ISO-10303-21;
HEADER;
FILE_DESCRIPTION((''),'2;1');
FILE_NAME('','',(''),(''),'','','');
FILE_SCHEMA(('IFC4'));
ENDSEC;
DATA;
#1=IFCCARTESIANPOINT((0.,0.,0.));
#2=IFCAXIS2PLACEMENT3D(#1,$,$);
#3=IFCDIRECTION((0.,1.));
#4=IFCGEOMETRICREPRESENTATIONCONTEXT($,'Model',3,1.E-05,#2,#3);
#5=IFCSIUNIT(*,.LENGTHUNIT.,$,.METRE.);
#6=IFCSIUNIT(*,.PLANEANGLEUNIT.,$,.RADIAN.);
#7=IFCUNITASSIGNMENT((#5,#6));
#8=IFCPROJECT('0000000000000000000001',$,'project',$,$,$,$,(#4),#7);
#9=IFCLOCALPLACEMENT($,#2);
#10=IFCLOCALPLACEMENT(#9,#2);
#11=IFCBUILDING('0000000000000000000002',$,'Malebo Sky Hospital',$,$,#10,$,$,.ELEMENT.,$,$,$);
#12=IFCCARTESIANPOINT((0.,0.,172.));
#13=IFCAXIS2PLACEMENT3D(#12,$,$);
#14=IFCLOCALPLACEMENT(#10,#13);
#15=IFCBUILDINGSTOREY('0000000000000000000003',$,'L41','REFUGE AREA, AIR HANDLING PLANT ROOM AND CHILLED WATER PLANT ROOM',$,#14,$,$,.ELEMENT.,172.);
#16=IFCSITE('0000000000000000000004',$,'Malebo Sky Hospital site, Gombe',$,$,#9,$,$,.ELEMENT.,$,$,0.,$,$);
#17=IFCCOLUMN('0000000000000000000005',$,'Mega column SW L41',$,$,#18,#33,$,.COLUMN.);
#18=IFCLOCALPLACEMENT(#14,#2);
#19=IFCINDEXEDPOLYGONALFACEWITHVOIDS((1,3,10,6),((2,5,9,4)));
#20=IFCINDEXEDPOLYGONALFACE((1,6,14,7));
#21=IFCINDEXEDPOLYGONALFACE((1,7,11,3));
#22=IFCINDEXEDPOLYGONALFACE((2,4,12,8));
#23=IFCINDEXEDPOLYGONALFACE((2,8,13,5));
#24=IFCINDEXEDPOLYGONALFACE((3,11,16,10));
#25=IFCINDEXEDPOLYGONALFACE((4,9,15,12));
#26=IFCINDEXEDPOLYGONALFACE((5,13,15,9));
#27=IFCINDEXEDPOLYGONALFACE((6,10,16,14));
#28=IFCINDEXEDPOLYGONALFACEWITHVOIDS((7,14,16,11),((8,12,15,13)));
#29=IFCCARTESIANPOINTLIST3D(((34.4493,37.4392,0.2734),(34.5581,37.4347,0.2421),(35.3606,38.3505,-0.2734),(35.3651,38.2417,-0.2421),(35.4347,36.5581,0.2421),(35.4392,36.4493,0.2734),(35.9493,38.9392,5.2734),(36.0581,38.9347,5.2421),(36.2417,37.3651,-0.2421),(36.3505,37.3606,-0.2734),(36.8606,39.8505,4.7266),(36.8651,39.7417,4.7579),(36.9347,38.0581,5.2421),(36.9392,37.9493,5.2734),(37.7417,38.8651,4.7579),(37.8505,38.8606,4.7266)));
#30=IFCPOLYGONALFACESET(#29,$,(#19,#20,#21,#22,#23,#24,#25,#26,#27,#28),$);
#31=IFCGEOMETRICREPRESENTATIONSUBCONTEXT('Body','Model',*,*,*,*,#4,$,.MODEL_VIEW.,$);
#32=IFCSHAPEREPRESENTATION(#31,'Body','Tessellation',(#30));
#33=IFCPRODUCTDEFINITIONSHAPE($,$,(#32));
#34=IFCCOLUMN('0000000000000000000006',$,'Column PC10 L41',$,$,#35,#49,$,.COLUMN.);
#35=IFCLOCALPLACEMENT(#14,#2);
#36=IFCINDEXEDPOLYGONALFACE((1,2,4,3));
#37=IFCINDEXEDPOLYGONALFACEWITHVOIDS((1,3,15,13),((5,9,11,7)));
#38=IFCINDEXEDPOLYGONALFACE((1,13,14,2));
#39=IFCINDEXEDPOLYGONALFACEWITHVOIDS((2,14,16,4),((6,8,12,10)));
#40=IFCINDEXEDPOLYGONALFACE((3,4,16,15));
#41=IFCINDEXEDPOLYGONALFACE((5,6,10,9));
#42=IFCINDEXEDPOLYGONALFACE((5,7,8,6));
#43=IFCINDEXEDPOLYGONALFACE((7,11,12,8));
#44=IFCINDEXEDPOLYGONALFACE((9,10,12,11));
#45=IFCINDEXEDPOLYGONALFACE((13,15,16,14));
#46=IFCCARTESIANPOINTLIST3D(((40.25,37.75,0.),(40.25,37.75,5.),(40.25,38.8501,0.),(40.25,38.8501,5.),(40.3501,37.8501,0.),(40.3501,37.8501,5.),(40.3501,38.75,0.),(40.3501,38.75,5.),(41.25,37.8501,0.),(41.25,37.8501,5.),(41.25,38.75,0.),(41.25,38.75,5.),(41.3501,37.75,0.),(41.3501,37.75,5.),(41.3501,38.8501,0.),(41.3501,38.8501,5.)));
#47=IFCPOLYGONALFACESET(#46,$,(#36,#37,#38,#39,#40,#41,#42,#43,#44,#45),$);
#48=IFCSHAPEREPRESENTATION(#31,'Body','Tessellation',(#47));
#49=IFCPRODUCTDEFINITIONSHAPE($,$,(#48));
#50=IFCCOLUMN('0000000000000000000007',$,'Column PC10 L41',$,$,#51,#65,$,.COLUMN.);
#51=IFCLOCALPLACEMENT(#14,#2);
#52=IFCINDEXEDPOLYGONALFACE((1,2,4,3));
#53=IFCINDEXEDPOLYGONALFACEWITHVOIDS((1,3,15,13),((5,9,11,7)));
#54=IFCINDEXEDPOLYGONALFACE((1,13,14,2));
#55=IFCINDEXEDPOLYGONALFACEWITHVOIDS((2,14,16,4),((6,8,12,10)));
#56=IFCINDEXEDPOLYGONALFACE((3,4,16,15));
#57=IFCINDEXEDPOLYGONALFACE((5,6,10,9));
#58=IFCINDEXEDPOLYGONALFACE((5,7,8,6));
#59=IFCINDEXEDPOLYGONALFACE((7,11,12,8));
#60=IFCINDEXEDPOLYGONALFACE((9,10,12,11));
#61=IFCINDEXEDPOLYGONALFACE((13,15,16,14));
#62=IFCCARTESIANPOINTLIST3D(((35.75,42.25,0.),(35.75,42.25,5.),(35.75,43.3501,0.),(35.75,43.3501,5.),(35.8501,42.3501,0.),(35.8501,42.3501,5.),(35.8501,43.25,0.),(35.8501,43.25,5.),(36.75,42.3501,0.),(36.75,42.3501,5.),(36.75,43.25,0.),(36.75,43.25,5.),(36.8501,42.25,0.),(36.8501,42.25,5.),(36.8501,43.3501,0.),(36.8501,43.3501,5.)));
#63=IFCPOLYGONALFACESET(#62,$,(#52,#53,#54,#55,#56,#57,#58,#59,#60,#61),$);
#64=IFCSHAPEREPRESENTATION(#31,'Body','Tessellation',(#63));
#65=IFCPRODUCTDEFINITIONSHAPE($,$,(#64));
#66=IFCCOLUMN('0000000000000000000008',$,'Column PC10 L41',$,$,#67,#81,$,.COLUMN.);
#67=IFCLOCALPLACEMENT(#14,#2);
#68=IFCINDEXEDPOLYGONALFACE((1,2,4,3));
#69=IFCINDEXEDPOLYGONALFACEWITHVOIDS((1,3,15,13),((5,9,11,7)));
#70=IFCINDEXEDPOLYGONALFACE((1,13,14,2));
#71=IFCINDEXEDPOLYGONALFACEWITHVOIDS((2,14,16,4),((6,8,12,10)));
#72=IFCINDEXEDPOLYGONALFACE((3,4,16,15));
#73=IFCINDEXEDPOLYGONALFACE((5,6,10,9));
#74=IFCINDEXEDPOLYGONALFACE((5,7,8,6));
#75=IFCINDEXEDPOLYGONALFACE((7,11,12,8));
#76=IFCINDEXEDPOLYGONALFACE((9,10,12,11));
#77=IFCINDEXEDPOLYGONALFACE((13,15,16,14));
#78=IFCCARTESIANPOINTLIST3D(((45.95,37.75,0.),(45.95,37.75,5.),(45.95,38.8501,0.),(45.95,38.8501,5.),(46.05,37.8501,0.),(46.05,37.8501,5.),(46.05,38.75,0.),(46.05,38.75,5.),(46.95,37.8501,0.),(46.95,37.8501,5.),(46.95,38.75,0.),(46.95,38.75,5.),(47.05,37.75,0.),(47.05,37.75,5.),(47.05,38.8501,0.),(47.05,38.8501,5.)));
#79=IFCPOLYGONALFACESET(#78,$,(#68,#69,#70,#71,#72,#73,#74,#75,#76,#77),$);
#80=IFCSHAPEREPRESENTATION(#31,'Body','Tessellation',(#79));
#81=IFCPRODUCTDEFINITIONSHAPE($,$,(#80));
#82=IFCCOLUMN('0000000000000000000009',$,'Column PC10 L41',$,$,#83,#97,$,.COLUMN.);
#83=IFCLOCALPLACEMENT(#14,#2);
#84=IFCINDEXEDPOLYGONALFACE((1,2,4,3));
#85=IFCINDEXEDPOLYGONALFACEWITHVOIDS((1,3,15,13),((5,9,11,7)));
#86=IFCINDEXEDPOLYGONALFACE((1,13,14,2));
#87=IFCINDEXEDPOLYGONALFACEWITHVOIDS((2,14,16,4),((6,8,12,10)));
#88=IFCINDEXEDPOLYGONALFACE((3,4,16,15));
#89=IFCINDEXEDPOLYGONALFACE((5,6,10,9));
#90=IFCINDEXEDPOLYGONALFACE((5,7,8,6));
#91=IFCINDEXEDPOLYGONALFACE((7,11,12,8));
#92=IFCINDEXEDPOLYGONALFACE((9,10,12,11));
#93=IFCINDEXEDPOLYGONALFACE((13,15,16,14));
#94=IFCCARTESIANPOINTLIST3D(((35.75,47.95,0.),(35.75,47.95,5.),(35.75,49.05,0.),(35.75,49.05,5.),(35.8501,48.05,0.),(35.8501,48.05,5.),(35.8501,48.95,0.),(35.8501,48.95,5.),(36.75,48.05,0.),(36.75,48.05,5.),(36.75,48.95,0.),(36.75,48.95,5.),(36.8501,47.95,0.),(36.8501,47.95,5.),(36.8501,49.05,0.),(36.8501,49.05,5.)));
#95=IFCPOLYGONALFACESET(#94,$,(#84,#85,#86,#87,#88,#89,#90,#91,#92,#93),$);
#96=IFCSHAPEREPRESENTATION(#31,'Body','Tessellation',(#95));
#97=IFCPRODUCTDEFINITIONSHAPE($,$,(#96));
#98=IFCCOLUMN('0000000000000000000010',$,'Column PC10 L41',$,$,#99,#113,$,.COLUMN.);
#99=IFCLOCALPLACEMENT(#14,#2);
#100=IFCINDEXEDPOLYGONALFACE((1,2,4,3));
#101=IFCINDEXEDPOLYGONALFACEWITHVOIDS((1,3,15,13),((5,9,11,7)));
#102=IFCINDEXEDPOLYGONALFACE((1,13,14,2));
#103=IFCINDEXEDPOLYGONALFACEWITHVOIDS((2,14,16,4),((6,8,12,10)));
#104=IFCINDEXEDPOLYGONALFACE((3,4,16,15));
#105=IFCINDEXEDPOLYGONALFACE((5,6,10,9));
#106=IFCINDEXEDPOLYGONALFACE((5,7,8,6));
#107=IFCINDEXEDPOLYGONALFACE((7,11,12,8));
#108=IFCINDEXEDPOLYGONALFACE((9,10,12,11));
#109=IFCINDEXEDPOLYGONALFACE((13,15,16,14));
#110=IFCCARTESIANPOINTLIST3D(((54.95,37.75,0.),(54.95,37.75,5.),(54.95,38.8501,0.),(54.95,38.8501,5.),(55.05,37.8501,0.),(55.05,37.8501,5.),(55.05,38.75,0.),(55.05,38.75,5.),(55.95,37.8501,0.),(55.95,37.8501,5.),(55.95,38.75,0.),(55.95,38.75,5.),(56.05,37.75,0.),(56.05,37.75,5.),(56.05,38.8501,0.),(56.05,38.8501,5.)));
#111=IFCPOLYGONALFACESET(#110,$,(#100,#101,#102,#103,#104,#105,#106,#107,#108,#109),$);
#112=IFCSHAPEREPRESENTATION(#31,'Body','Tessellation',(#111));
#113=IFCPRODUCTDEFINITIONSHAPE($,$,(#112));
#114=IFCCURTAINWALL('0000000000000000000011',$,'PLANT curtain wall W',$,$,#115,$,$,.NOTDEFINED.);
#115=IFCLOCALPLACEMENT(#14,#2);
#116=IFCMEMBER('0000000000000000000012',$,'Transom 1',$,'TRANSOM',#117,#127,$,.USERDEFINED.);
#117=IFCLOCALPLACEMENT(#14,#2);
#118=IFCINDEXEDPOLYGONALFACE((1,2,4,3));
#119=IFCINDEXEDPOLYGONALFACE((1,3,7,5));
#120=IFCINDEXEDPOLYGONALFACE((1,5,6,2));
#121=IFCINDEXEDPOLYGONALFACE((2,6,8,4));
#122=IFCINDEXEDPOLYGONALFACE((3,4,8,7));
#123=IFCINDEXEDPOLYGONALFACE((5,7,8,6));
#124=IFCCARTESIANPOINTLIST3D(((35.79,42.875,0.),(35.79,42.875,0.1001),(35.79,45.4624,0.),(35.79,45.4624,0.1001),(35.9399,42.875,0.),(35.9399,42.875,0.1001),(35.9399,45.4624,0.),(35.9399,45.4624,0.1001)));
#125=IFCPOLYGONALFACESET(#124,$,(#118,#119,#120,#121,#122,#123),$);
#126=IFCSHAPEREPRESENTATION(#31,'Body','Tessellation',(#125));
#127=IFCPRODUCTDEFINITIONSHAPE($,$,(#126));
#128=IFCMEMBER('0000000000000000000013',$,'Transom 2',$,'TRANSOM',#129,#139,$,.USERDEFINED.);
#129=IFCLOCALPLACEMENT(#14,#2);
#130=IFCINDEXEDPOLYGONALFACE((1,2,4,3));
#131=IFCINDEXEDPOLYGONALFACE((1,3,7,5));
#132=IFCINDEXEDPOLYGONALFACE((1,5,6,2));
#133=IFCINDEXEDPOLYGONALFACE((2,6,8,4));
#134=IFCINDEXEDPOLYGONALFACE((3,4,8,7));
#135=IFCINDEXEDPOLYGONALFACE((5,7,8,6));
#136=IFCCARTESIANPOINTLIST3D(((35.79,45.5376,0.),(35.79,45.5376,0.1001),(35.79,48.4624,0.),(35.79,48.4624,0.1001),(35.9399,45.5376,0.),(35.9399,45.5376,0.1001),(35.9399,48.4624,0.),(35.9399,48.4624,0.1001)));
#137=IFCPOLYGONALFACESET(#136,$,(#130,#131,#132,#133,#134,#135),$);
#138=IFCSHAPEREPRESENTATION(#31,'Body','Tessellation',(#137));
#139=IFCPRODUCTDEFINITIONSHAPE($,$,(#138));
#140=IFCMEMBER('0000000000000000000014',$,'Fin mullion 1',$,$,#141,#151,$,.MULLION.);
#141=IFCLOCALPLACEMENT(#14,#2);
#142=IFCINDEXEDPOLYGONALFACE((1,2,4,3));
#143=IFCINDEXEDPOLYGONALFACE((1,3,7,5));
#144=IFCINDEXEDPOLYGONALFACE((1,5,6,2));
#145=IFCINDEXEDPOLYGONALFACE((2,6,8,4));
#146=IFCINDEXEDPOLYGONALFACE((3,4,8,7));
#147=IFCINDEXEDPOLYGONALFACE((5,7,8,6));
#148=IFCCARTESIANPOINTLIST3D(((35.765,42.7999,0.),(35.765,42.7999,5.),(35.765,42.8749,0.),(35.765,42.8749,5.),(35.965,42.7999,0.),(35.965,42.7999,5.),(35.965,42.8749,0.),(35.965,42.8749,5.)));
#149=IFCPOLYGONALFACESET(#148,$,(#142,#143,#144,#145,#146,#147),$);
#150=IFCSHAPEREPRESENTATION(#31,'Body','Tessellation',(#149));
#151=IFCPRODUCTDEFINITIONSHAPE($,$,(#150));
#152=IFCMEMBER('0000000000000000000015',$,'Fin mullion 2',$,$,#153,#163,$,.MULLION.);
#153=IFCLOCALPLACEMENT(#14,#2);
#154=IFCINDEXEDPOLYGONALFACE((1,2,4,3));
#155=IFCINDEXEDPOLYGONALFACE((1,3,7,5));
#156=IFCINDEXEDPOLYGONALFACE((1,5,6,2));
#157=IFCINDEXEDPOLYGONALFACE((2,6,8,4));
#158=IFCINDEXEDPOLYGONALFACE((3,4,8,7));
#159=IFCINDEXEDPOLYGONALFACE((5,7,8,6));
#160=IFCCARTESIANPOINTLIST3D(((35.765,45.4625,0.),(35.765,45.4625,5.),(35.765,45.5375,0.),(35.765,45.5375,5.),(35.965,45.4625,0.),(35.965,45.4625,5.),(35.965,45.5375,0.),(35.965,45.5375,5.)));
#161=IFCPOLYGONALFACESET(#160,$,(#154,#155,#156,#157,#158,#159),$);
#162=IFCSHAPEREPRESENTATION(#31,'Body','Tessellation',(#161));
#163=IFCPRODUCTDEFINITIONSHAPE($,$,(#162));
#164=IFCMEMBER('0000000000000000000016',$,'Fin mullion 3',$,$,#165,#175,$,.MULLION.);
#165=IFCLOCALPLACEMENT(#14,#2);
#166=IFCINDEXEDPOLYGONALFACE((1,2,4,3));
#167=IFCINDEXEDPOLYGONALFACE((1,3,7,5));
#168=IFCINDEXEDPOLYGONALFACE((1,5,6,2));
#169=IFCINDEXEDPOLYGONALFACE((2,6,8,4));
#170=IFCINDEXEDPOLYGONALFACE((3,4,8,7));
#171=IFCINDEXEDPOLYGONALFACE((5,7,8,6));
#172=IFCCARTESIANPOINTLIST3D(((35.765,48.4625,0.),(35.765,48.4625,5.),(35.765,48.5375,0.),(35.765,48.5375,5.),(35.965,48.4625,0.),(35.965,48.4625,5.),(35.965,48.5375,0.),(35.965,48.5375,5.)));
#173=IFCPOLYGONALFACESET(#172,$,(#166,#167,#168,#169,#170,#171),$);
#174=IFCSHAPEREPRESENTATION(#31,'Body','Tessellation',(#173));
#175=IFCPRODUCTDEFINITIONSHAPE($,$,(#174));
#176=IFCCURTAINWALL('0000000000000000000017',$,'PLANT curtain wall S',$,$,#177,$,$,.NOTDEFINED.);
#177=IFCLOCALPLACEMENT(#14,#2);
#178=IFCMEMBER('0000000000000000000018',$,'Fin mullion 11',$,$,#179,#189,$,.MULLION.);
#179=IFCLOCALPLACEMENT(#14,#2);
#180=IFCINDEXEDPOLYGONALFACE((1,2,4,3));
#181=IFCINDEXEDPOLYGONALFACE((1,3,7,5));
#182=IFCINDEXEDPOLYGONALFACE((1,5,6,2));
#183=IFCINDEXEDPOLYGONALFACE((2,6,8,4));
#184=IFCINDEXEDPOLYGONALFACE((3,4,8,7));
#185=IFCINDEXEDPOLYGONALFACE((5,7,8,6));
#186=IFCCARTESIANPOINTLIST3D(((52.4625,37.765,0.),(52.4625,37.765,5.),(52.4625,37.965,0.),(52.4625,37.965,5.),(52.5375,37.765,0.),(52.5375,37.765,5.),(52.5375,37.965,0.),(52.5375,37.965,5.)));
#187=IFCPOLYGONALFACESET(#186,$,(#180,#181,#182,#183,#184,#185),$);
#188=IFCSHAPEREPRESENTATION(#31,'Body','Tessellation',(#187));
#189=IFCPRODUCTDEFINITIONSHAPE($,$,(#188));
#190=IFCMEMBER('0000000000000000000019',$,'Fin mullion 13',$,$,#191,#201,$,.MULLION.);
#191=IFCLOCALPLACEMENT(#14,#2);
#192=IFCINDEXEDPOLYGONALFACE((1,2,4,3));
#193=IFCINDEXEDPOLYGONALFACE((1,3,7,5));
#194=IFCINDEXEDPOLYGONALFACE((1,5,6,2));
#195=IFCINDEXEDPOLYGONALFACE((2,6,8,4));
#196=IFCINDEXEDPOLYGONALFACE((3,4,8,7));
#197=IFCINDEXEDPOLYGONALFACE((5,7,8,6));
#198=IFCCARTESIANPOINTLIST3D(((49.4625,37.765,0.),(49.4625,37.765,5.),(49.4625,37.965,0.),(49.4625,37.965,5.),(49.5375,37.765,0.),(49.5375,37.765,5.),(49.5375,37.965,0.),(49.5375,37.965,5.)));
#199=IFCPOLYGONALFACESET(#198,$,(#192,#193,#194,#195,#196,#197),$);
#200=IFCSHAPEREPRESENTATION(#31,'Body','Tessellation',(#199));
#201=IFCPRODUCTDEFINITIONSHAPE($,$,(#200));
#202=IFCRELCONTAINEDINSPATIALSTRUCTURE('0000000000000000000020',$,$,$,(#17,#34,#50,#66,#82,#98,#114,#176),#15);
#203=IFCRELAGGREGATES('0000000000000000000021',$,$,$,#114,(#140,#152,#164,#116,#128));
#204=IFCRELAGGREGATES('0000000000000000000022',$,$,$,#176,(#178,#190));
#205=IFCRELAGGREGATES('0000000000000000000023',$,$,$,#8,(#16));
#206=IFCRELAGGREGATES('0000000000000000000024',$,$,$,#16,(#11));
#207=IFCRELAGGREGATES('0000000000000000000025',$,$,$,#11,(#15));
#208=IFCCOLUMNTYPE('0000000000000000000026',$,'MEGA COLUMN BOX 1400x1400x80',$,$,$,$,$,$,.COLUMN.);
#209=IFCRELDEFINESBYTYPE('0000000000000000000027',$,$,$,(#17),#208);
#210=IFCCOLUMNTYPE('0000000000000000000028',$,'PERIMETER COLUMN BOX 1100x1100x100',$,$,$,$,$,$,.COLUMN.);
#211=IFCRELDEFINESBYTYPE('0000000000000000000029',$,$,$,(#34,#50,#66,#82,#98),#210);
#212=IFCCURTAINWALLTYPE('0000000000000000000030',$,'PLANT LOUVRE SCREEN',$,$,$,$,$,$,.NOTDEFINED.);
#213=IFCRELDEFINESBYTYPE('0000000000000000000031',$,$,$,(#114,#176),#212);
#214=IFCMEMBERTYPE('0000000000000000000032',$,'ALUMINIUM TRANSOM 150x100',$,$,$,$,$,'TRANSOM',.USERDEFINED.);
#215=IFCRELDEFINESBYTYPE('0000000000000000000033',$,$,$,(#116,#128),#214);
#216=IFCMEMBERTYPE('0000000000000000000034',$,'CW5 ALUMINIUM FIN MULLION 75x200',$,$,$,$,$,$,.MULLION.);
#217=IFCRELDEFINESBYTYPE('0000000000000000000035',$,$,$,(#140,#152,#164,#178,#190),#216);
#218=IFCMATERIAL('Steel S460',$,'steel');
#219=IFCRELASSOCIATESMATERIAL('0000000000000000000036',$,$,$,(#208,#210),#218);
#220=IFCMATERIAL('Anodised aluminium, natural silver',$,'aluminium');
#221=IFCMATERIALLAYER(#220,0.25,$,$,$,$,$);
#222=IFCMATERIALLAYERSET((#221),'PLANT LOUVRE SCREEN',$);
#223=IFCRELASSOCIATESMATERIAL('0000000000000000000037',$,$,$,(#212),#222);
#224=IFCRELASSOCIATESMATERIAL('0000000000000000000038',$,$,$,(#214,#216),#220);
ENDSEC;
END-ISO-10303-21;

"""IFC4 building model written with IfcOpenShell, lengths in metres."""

from ifc_helpers import new_model, si_unit, direction, frame, origin, origin_2d, place, context, subcontext, project, spatial, rectangle, hollow_rectangle, extrude, material, layer, layer_set, material_profile, profile_set, type_object, element, aggregate, save


model = new_model("IFC4")

# Units and contexts
model_context = context("Model", 3, precision=1e-05, world=origin(), true_north=direction((0.0, 1.0)))
body_context = subcontext(model_context, "Body", "Model", "MODEL_VIEW")
ifc_project = project(units=[si_unit("LENGTHUNIT", "METRE"), si_unit("PLANEANGLEUNIT", "RADIAN")], contexts=[model_context])

# Site, building, storey
site_placement = place(None, origin())
site = spatial("IfcSite", under=ifc_project, at=site_placement, Name="Malebo Sky Hospital site, Gombe", CompositionType="ELEMENT", RefElevation=0.0)
building_placement = place(site_placement, origin())
building = spatial("IfcBuilding", under=site, at=building_placement, Name="Malebo Sky Hospital", CompositionType="ELEMENT")
storey_placement = place(building_placement, frame((0.0, 0.0, 172.0)))
storey = spatial("IfcBuildingStorey", under=building, at=storey_placement, Name="L41", Description="REFUGE AREA, AIR HANDLING PLANT ROOM AND CHILLED WATER PLANT ROOM", CompositionType="ELEMENT", Elevation=172.0)

# Columns
ifc_material_1 = material(Name="Steel S460", Category="steel")
ifc_material_profile_1 = material_profile(ifc_material_1, hollow_rectangle(XDim=1.3999, YDim=1.3999, WallThickness=0.0801, at=origin_2d()), Name="BOX 1400x1400x80")
ifc_profile_set_1 = profile_set([ifc_material_profile_1], Name="Steel S460")
column_type_1 = type_object("IfcColumnType", Name="MEGA COLUMN BOX 1400x1400x80", PredefinedType="COLUMN", material=ifc_profile_set_1)
column_placement = place(storey_placement, frame((35.3999, 37.3999, 0.0), z_axis=(0.276172, 0.276172, 0.920575), x_axis=(-0.707107, 0.707107, 0.0)))
element("IfcColumn", 1, at=column_placement, inside=storey, type_object=column_type_1, Name="Mega column SW L41", PredefinedType="COLUMN", context=body_context, shape_type="SweptSolid", body=[
    extrude(hollow_rectangle(XDim=1.3999, YDim=1.3999, WallThickness=0.0801, at=origin_2d()), origin(), (0.0, 0.0, 1.0), 5.4314),
])
ifc_material_profile_2 = material_profile(ifc_material_1, hollow_rectangle(XDim=1.1001, YDim=1.1001, WallThickness=0.1001, at=origin_2d()), Name="BOX 1100x1100x100")
ifc_profile_set_2 = profile_set([ifc_material_profile_2], Name="Steel S460")
column_type_2 = type_object("IfcColumnType", Name="PERIMETER COLUMN BOX 1100x1100x100", PredefinedType="COLUMN", material=ifc_profile_set_2)
for number, where, z_axis, x_axis, name in (
    (2, (40.8, 38.3, 0.0), (0.0, 0.0, 1.0), (1.0, 0.0, 0.0), "Column PC10 L41"),
    (3, (36.3, 42.8, 0.0), (0.0, 0.0, 1.0), (1.0, 0.0, 0.0), "Column PC10 L41"),
    (4, (46.5, 38.3, 0.0), (0.0, 0.0, 1.0), (1.0, 0.0, 0.0), "Column PC10 L41"),
    (5, (36.3, 48.5, 0.0), (0.0, 0.0, 1.0), (1.0, 0.0, 0.0), "Column PC10 L41"),
    (6, (55.5, 38.3, 0.0), (0.0, 0.0, 1.0), (1.0, 0.0, 0.0), "Column PC10 L41"),
):
    element("IfcColumn", number, at=place(storey_placement, frame(where, z_axis=z_axis, x_axis=x_axis)), inside=storey, type_object=column_type_2, Name=name, PredefinedType="COLUMN", context=body_context, shape_type="SweptSolid", body=[
        extrude(hollow_rectangle(XDim=1.1001, YDim=1.1001, WallThickness=0.1001, at=origin_2d()), origin(), (0.0, 0.0, 1.0), 5.0),
    ])

# Curtain walls, members
ifc_material_2 = material(Name="Anodised aluminium, natural silver", Category="aluminium")
ifc_layer_1 = layer(ifc_material_2, 0.25)
ifc_layer_set_1 = layer_set([ifc_layer_1], Name="PLANT LOUVRE SCREEN")
curtain_wall_type = type_object("IfcCurtainWallType", Name="PLANT LOUVRE SCREEN", PredefinedType="NOTDEFINED", material=ifc_layer_set_1)
curtain_wall_1_placement = place(storey_placement, origin())
curtain_wall_1 = element("IfcCurtainWall", 7, at=curtain_wall_1_placement, inside=storey, type_object=curtain_wall_type, Name="PLANT curtain wall W", PredefinedType="NOTDEFINED")
ifc_material_profile_3 = material_profile(ifc_material_2, rectangle(XDim=0.1499, YDim=0.1001, at=origin_2d()), Name="ALUMINIUM TRANSOM 150x100")
ifc_profile_set_3 = profile_set([ifc_material_profile_3], Name="Anodised aluminium, natural silver")
member_type_1 = type_object("IfcMemberType", Name="ALUMINIUM TRANSOM 150x100", ElementType="TRANSOM", PredefinedType="USERDEFINED", material=ifc_profile_set_3)
member_1_placement = place(storey_placement, frame((35.865, 42.875, 0.05), z_axis=(0.0, 1.0, 0.0), x_axis=(-1.0, 0.0, 0.0)))
member_1 = element("IfcMember", 8, at=member_1_placement, type_object=member_type_1, Name="Transom 1", ObjectType="TRANSOM", PredefinedType="USERDEFINED", context=body_context, shape_type="SweptSolid", body=[
    extrude(rectangle(XDim=0.1499, YDim=0.1001, at=origin_2d()), origin(), (0.0, 0.0, 1.0), 2.5874),
])
member_2_placement = place(storey_placement, frame((35.865, 45.5376, 0.05), z_axis=(0.0, 1.0, 0.0), x_axis=(-1.0, 0.0, 0.0)))
member_2 = element("IfcMember", 9, at=member_2_placement, type_object=member_type_1, Name="Transom 2", ObjectType="TRANSOM", PredefinedType="USERDEFINED", context=body_context, shape_type="SweptSolid", body=[
    extrude(rectangle(XDim=0.1499, YDim=0.1001, at=origin_2d()), origin(), (0.0, 0.0, 1.0), 2.9248),
])
ifc_material_profile_4 = material_profile(ifc_material_2, rectangle(XDim=0.075, YDim=0.2, at=origin_2d()), Name="CW5 ALUMINIUM FIN MULLION 75x200")
ifc_profile_set_4 = profile_set([ifc_material_profile_4], Name="Anodised aluminium, natural silver")
member_type_2 = type_object("IfcMemberType", Name="CW5 ALUMINIUM FIN MULLION 75x200", PredefinedType="MULLION", material=ifc_profile_set_4)
member_3_placement = place(storey_placement, frame((35.865, 42.8374, 0.0), z_axis=(0.0, 0.0, 1.0), x_axis=(0.0, 1.0, 0.0)))
member_3 = element("IfcMember", 10, at=member_3_placement, type_object=member_type_2, Name="Fin mullion 1", PredefinedType="MULLION", context=body_context, shape_type="SweptSolid", body=[
    extrude(rectangle(XDim=0.075, YDim=0.2, at=origin_2d()), origin(), (0.0, 0.0, 1.0), 5.0),
])
member_4_placement = place(storey_placement, frame((35.865, 45.5, 0.0), z_axis=(0.0, 0.0, 1.0), x_axis=(0.0, 1.0, 0.0)))
member_4 = element("IfcMember", 11, at=member_4_placement, type_object=member_type_2, Name="Fin mullion 2", PredefinedType="MULLION", context=body_context, shape_type="SweptSolid", body=[
    extrude(rectangle(XDim=0.075, YDim=0.2, at=origin_2d()), origin(), (0.0, 0.0, 1.0), 5.0),
])
member_5_placement = place(storey_placement, frame((35.865, 48.5, 0.0), z_axis=(0.0, 0.0, 1.0), x_axis=(0.0, 1.0, 0.0)))
member_5 = element("IfcMember", 12, at=member_5_placement, type_object=member_type_2, Name="Fin mullion 3", PredefinedType="MULLION", context=body_context, shape_type="SweptSolid", body=[
    extrude(rectangle(XDim=0.075, YDim=0.2, at=origin_2d()), origin(), (0.0, 0.0, 1.0), 5.0),
])
aggregate(curtain_wall_1, [member_3, member_4, member_5, member_1, member_2])
curtain_wall_2_placement = place(storey_placement, origin())
curtain_wall_2 = element("IfcCurtainWall", 13, at=curtain_wall_2_placement, inside=storey, type_object=curtain_wall_type, Name="PLANT curtain wall S", PredefinedType="NOTDEFINED")
member_6_placement = place(storey_placement, frame((52.5, 37.865, 0.0), z_axis=(0.0, 0.0, 1.0), x_axis=(-1.0, 0.0, 0.0)))
member_6 = element("IfcMember", 14, at=member_6_placement, type_object=member_type_2, Name="Fin mullion 11", PredefinedType="MULLION", context=body_context, shape_type="SweptSolid", body=[
    extrude(rectangle(XDim=0.075, YDim=0.2, at=origin_2d()), origin(), (0.0, 0.0, 1.0), 5.0),
])
member_7_placement = place(storey_placement, frame((49.5, 37.865, 0.0), z_axis=(0.0, 0.0, 1.0), x_axis=(-1.0, 0.0, 0.0)))
member_7 = element("IfcMember", 15, at=member_7_placement, type_object=member_type_2, Name="Fin mullion 13", PredefinedType="MULLION", context=body_context, shape_type="SweptSolid", body=[
    extrude(rectangle(XDim=0.075, YDim=0.2, at=origin_2d()), origin(), (0.0, 0.0, 1.0), 5.0),
])
aggregate(curtain_wall_2, [member_6, member_7])

save(model, "model.ifc")
